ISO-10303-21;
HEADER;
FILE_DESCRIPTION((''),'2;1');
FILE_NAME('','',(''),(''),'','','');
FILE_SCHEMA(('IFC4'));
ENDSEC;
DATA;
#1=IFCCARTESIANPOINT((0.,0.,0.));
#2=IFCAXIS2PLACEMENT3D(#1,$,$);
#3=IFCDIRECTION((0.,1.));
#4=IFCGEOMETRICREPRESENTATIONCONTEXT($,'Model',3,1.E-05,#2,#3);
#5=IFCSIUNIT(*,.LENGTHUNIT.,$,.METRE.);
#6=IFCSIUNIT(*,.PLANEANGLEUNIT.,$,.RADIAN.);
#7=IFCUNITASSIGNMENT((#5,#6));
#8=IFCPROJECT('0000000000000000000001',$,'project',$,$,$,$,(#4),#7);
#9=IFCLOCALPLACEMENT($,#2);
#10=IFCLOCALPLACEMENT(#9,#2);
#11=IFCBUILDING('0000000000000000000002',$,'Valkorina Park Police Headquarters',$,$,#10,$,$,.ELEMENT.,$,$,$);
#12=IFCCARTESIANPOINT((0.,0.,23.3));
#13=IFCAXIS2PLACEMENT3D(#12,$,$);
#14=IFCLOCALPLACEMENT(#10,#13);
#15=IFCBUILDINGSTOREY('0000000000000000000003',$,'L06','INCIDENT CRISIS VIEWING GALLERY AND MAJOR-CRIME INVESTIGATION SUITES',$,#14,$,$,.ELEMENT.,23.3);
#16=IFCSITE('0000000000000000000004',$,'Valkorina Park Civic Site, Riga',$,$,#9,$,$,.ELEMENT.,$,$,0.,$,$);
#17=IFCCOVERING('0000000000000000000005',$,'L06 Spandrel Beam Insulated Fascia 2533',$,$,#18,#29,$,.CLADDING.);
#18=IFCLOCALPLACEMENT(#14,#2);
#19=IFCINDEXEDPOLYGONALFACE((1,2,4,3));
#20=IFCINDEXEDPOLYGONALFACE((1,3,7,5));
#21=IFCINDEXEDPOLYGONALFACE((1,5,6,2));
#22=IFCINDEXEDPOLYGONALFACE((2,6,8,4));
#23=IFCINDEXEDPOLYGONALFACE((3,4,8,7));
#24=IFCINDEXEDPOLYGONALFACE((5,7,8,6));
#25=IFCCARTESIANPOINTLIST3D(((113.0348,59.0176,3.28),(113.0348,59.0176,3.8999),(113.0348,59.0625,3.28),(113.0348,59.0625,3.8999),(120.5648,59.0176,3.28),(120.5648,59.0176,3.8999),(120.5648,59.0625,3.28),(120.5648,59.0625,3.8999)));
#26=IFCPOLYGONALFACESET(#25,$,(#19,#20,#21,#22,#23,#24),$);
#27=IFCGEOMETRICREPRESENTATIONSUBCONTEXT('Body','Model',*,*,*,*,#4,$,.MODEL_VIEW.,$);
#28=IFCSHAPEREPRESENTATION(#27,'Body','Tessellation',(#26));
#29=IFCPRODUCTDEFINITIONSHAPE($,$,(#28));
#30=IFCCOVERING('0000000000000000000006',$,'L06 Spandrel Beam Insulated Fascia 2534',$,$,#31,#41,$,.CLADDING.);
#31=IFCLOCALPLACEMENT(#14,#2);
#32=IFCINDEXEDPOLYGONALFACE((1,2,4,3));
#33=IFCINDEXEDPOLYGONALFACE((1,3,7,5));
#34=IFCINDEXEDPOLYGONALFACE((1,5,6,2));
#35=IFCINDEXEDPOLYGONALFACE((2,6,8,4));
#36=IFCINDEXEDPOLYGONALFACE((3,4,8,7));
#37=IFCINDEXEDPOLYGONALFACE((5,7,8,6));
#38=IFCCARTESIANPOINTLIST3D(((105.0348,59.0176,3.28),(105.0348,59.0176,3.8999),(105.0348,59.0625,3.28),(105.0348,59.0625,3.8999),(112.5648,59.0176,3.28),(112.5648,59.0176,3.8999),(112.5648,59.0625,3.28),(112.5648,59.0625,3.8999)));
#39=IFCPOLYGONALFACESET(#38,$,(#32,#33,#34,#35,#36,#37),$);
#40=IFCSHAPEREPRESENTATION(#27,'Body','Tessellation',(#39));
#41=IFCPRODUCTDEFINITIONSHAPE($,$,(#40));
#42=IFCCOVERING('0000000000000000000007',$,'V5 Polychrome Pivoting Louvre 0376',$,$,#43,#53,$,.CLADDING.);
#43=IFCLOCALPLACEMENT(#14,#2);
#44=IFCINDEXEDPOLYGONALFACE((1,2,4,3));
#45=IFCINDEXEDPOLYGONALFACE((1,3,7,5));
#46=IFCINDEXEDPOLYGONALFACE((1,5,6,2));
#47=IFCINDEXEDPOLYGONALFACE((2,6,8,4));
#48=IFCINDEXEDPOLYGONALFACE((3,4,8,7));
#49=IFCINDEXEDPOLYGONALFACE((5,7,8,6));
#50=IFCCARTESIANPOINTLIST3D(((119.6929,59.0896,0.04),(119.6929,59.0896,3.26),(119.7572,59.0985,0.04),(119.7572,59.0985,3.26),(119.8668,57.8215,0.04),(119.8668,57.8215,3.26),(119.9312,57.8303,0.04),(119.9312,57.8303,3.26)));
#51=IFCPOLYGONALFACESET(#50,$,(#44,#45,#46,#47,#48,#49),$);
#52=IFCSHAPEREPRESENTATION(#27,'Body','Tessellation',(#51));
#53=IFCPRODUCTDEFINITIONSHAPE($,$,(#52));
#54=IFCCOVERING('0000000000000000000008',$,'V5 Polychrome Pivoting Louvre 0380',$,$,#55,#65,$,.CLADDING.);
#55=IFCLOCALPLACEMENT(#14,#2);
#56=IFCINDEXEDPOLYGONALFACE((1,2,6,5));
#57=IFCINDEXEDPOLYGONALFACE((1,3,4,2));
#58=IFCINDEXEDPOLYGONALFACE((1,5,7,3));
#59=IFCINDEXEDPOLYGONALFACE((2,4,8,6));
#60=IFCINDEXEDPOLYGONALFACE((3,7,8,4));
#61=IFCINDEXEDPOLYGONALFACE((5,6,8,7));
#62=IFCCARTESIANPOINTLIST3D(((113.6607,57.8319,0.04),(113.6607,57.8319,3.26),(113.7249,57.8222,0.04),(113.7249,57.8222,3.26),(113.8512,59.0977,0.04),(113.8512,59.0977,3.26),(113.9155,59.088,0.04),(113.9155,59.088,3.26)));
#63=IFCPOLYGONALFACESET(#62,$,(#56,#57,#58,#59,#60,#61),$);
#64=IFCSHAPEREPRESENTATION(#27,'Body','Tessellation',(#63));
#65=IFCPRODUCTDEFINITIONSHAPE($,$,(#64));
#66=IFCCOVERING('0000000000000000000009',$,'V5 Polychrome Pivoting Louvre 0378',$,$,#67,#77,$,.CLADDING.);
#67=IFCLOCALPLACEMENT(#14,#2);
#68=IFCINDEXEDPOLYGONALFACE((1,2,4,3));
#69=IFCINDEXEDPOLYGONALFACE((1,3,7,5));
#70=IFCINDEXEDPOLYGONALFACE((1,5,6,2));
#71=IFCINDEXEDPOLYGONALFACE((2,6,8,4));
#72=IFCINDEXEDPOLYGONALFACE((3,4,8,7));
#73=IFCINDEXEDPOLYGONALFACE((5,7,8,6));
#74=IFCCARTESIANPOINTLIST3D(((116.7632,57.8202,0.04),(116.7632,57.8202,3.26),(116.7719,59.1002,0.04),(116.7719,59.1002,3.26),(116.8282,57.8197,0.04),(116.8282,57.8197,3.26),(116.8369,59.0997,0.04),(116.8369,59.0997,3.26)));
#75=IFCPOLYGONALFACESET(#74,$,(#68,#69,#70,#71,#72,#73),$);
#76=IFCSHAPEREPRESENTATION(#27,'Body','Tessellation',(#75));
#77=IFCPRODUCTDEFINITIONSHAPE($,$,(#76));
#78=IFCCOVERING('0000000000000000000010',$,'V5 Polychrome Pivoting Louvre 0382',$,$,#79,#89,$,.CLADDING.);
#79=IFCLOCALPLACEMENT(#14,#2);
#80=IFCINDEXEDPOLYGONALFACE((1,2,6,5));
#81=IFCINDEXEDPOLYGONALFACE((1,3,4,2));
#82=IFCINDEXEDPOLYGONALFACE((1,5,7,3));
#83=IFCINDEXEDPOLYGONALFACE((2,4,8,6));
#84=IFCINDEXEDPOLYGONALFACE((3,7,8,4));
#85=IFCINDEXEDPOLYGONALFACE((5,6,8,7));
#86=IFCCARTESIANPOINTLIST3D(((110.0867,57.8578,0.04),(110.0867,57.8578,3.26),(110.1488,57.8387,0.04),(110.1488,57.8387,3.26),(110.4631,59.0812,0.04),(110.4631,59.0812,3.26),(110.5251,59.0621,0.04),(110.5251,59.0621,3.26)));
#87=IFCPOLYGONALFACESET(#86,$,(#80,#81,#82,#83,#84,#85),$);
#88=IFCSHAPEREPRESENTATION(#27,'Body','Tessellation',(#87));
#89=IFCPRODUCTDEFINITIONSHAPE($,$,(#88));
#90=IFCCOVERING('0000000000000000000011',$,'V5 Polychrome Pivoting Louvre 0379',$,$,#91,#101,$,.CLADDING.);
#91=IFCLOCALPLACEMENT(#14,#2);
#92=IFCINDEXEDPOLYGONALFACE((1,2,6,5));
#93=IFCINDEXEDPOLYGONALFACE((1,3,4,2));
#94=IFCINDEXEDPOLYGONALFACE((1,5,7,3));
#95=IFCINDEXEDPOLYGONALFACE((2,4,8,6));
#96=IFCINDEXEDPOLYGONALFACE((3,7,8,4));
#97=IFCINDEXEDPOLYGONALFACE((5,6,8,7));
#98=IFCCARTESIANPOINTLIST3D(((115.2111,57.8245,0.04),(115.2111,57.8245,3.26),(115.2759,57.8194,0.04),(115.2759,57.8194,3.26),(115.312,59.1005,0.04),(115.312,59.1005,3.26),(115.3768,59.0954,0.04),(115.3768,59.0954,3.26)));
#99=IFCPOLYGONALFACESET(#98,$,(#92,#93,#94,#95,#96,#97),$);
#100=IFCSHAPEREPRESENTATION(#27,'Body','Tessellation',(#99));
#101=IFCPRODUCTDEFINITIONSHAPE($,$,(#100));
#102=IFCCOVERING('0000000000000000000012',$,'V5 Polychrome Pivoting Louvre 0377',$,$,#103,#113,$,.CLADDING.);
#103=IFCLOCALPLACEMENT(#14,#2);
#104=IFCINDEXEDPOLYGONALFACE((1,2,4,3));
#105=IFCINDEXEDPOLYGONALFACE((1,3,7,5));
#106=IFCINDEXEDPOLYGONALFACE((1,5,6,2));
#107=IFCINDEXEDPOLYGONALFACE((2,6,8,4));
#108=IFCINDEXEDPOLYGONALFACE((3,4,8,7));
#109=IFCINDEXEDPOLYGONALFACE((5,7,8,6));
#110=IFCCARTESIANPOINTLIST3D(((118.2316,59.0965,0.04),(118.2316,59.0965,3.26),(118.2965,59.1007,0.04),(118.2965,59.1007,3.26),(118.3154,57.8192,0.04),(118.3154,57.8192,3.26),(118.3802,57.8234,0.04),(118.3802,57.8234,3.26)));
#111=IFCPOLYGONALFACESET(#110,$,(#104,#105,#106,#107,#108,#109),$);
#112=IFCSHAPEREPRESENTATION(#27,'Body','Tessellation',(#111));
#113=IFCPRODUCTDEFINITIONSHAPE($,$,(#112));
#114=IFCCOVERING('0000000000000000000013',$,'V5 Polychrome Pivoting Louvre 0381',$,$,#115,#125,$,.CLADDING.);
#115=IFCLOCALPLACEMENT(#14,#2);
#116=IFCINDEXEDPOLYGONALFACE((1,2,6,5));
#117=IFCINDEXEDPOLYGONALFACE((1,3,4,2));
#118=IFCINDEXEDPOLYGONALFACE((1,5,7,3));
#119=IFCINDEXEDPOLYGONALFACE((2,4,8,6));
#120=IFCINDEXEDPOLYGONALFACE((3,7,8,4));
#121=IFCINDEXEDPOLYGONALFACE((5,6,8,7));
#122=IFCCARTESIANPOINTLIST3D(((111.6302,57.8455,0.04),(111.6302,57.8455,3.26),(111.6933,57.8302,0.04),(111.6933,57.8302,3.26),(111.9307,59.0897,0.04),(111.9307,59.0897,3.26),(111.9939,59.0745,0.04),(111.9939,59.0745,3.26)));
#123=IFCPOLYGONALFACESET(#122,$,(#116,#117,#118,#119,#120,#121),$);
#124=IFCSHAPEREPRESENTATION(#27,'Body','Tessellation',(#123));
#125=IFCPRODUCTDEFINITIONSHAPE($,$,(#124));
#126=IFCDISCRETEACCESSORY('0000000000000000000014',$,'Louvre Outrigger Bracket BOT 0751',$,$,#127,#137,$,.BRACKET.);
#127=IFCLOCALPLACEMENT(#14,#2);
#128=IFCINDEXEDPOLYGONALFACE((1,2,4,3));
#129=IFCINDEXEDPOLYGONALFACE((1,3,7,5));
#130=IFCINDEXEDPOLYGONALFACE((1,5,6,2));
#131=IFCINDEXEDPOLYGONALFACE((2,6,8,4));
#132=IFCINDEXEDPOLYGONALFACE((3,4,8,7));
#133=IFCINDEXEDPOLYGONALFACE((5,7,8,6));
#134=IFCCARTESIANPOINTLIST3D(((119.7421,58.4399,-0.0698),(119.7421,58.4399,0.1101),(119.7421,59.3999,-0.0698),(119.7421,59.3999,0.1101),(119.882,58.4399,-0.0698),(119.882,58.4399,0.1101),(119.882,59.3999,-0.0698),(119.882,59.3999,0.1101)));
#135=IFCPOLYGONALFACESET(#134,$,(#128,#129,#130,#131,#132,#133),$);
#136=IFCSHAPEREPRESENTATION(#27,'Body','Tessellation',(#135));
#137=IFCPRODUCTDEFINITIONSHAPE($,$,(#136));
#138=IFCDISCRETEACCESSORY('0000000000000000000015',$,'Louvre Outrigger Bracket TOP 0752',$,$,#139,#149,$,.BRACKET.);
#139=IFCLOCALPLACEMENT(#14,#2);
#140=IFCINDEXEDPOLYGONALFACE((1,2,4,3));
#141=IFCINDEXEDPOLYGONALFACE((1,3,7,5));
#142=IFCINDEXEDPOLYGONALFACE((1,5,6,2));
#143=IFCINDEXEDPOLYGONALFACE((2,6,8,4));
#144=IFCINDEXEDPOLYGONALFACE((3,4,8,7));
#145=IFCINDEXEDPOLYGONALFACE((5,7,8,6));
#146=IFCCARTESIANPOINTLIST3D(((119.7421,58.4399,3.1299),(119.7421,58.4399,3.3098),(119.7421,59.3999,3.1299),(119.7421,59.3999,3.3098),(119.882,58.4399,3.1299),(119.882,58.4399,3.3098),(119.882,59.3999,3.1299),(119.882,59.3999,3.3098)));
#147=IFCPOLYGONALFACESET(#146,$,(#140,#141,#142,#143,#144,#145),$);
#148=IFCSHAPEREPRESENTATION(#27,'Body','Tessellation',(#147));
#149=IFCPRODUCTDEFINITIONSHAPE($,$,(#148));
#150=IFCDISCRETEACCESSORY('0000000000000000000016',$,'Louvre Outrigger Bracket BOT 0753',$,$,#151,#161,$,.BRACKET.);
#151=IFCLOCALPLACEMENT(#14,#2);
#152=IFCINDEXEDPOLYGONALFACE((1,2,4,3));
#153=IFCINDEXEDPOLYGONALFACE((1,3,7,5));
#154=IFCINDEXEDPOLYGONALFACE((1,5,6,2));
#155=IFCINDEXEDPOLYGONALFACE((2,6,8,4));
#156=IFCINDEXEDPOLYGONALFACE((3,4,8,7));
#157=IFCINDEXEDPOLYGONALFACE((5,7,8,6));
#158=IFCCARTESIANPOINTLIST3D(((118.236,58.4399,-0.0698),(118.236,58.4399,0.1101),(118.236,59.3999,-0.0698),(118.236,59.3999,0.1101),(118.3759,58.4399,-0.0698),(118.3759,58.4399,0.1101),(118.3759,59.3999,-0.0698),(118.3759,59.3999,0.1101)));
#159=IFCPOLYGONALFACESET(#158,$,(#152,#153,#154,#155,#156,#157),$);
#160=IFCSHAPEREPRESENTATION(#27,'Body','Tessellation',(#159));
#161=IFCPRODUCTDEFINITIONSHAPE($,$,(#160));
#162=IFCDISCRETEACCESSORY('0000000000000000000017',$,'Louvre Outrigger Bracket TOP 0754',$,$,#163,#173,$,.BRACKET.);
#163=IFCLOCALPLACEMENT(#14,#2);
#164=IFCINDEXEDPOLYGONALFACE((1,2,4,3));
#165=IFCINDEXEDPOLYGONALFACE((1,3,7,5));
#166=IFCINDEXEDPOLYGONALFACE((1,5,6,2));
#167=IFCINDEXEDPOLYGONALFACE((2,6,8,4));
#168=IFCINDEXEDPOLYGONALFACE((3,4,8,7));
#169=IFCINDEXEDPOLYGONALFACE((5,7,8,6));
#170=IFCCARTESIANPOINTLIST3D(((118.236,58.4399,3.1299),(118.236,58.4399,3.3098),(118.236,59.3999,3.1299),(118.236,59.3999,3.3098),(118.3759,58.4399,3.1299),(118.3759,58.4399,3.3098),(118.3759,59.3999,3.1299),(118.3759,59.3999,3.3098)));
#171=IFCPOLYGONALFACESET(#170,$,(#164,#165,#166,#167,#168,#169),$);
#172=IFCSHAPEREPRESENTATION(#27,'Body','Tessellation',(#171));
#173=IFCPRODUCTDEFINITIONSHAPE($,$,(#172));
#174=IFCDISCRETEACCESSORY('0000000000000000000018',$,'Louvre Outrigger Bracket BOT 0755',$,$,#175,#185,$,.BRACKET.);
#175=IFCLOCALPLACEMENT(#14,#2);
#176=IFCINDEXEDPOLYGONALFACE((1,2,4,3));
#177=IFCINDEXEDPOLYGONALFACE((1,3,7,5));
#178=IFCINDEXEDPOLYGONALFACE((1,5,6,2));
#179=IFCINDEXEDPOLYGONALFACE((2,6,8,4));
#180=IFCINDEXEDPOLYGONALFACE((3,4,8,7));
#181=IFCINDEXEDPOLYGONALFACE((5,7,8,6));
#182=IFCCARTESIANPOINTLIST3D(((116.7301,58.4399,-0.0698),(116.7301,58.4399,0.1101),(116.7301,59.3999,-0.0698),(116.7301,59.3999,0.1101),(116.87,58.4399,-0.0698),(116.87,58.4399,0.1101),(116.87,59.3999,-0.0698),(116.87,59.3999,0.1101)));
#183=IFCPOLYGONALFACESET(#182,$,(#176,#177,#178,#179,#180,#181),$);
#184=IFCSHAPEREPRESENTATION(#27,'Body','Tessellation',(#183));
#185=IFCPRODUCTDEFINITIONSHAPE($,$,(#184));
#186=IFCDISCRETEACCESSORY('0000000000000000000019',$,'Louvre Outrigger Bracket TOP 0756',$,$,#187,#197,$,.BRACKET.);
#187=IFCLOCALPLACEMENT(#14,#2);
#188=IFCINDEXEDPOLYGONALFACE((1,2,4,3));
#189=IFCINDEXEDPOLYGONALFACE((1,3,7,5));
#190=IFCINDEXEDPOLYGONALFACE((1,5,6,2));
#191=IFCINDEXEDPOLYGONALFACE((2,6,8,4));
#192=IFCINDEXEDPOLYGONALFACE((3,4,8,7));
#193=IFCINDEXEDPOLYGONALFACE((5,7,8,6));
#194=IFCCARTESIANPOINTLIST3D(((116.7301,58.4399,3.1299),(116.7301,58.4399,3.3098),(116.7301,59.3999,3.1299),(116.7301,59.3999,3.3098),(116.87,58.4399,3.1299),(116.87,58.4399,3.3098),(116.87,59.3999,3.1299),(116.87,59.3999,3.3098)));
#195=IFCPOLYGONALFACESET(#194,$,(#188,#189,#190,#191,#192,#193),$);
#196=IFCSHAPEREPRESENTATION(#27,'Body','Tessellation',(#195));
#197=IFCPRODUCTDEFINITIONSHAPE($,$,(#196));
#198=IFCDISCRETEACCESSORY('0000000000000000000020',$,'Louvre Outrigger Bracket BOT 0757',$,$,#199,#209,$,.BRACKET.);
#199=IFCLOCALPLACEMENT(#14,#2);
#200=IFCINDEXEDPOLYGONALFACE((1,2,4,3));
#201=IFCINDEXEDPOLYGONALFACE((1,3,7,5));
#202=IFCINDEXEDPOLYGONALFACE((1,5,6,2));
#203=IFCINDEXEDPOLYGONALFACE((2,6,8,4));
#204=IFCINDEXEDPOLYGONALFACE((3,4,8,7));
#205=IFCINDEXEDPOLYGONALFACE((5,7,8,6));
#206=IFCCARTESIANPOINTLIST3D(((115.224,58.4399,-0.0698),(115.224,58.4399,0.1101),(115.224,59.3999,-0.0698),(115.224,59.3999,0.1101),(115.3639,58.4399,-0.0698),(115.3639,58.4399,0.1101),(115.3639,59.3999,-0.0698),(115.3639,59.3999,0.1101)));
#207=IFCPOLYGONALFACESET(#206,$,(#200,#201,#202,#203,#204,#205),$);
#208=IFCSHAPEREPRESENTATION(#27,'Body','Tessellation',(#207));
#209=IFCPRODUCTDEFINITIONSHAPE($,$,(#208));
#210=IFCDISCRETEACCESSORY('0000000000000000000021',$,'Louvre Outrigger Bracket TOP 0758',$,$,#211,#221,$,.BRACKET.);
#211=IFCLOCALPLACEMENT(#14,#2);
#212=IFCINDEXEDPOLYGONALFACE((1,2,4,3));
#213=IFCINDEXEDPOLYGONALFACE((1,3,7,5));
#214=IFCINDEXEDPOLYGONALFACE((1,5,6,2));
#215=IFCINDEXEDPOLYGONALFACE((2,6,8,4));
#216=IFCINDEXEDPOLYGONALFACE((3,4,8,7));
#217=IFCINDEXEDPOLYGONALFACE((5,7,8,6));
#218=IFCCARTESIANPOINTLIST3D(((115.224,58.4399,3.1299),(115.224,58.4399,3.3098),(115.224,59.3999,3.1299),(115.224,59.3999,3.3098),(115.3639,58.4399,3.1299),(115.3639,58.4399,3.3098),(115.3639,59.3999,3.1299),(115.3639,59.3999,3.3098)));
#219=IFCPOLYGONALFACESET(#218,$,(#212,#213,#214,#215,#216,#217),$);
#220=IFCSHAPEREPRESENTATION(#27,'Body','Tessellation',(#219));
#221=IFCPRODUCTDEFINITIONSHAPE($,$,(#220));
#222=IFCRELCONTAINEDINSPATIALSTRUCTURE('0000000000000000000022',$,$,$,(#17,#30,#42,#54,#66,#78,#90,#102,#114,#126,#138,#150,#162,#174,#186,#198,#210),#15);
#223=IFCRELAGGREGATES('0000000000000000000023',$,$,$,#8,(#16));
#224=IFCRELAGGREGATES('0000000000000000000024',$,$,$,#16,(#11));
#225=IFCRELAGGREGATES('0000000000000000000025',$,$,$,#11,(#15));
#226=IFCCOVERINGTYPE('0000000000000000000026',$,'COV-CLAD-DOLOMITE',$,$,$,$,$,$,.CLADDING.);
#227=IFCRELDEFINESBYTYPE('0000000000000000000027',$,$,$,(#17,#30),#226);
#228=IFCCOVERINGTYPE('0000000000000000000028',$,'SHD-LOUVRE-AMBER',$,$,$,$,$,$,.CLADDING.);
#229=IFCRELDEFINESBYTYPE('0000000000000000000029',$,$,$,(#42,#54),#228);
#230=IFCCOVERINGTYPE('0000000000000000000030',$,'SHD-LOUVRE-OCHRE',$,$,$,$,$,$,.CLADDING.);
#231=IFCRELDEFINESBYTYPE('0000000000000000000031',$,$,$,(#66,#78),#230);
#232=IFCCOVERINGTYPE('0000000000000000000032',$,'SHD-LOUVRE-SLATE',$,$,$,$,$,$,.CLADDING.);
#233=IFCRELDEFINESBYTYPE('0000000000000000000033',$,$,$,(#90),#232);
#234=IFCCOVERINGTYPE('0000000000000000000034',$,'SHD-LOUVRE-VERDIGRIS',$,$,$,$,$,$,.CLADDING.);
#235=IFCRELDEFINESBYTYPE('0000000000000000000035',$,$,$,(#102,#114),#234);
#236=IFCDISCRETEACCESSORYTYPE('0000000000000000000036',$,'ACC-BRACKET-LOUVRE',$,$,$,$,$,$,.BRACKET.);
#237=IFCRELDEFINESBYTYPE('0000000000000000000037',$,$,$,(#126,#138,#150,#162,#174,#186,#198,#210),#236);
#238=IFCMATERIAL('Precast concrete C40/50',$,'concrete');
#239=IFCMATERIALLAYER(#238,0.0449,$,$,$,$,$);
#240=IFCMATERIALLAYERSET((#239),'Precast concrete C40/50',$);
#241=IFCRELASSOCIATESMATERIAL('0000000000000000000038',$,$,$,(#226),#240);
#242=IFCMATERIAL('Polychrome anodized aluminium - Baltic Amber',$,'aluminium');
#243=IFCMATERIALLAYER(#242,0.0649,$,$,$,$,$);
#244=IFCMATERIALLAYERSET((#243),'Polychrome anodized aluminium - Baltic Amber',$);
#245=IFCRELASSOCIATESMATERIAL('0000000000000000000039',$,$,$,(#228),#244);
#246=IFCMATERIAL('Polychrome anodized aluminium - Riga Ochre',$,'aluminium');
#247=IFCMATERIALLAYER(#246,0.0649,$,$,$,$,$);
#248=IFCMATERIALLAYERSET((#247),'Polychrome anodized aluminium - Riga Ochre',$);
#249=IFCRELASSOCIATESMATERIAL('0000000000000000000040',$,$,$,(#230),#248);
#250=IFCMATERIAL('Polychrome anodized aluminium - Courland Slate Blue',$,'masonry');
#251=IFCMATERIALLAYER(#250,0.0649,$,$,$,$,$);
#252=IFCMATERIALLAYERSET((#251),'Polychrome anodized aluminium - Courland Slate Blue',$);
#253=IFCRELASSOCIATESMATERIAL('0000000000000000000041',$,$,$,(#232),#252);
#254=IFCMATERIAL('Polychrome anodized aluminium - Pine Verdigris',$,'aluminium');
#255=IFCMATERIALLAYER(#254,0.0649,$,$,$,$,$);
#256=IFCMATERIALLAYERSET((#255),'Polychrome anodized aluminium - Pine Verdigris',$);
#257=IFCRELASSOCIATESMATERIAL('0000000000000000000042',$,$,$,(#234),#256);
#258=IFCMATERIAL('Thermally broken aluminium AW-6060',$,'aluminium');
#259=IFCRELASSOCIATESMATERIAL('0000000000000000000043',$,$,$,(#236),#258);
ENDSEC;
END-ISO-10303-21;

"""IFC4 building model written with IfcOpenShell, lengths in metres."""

from ifc_helpers import new_model, si_unit, direction, frame, frame_2d, origin, origin_2d, place, context, subcontext, project, spatial, rectangle, extrude, material, layer, layer_set, type_object, element, save


model = new_model("IFC4")

# Units and contexts
model_context = context("Model", 3, precision=1e-05, world=origin(), true_north=direction((0.0, 1.0)))
body_context = subcontext(model_context, "Body", "Model", "MODEL_VIEW")
ifc_project = project(units=[si_unit("LENGTHUNIT", "METRE"), si_unit("PLANEANGLEUNIT", "RADIAN")], contexts=[model_context])

# Site, building, storey
site_placement = place(None, origin())
site = spatial("IfcSite", under=ifc_project, at=site_placement, Name="Valkorina Park Civic Site, Riga", CompositionType="ELEMENT", RefElevation=0.0)
building_placement = place(site_placement, origin())
building = spatial("IfcBuilding", under=site, at=building_placement, Name="Valkorina Park Police Headquarters", CompositionType="ELEMENT")
storey_placement = place(building_placement, frame((0.0, 0.0, 23.3)))
storey = spatial("IfcBuildingStorey", under=building, at=storey_placement, Name="L06", Description="INCIDENT CRISIS VIEWING GALLERY AND MAJOR-CRIME INVESTIGATION SUITES", CompositionType="ELEMENT", Elevation=23.3)

# Coverings
ifc_material_1 = material(Name="Precast concrete C40/50", Category="concrete")
ifc_layer_1 = layer(ifc_material_1, 0.0449)
ifc_layer_set_1 = layer_set([ifc_layer_1], Name="Precast concrete C40/50")
covering_type_1 = type_object("IfcCoveringType", Name="COV-CLAD-DOLOMITE", PredefinedType="CLADDING", material=ifc_layer_set_1)
for number, where, z_axis, x_axis, name in (
    (1, (120.5649, 59.04, 3.28), (0.0, 0.0, 1.0), (-1.0, 0.0, 0.0), "L06 Spandrel Beam Insulated Fascia 2533"),
    (2, (112.5649, 59.04, 3.28), (0.0, 0.0, 1.0), (-1.0, 0.0, 0.0), "L06 Spandrel Beam Insulated Fascia 2534"),
):
    element("IfcCovering", number, at=place(storey_placement, frame(where, z_axis=z_axis, x_axis=x_axis)), inside=storey, type_object=covering_type_1, Name=name, PredefinedType="CLADDING", context=body_context, shape_type="SweptSolid", body=[
        extrude(rectangle(XDim=7.53, YDim=0.0449, at=frame_2d((3.7651, 0.0))), origin(), (0.0, 0.0, 1.0), 0.6199),
    ])

# Coverings
ifc_material_2 = material(Name="Polychrome anodized aluminium - Baltic Amber", Category="aluminium")
ifc_layer_2 = layer(ifc_material_2, 0.0649)
ifc_layer_set_2 = layer_set([ifc_layer_2], Name="Polychrome anodized aluminium - Baltic Amber")
covering_type_2 = type_object("IfcCoveringType", Name="SHD-LOUVRE-AMBER", PredefinedType="CLADDING", material=ifc_layer_set_2)
for number, where, z_axis, x_axis, name in (
    (3, (119.812, 58.46, 0.04), (0.0, 0.0, 1.0), (0.135888, -0.990724, 0.0), "V5 Polychrome Pivoting Louvre 0376"),
    (4, (113.7881, 58.46, 0.04), (0.0, 0.0, 1.0), (-0.148845, -0.988861, 0.0), "V5 Polychrome Pivoting Louvre 0380"),
):
    element("IfcCovering", number, at=place(storey_placement, frame(where, z_axis=z_axis, x_axis=x_axis)), inside=storey, type_object=covering_type_2, Name=name, PredefinedType="CLADDING", context=body_context, shape_type="SweptSolid", body=[
        extrude(rectangle(XDim=1.28, YDim=0.0649, at=origin_2d()), origin(), (0.0, 0.0, 1.0), 3.22),
    ])
ifc_material_3 = material(Name="Polychrome anodized aluminium - Riga Ochre", Category="aluminium")
ifc_layer_3 = layer(ifc_material_3, 0.0649)
ifc_layer_set_3 = layer_set([ifc_layer_3], Name="Polychrome anodized aluminium - Riga Ochre")
covering_type_3 = type_object("IfcCoveringType", Name="SHD-LOUVRE-OCHRE", PredefinedType="CLADDING", material=ifc_layer_set_3)
for number, where, z_axis, x_axis, name in (
    (5, (116.8, 58.46, 0.04), (0.0, 0.0, 1.0), (-0.006807, -0.999977, 0.0), "V5 Polychrome Pivoting Louvre 0378"),
    (6, (110.3059, 58.46, 0.04), (0.0, 0.0, 1.0), (-0.29404, -0.955793, 0.0), "V5 Polychrome Pivoting Louvre 0382"),
):
    element("IfcCovering", number, at=place(storey_placement, frame(where, z_axis=z_axis, x_axis=x_axis)), inside=storey, type_object=covering_type_3, Name=name, PredefinedType="CLADDING", context=body_context, shape_type="SweptSolid", body=[
        extrude(rectangle(XDim=1.28, YDim=0.0649, at=origin_2d()), origin(), (0.0, 0.0, 1.0), 3.22),
    ])
ifc_material_4 = material(Name="Polychrome anodized aluminium - Courland Slate Blue", Category="masonry")
ifc_layer_4 = layer(ifc_material_4, 0.0649)
ifc_layer_set_4 = layer_set([ifc_layer_4], Name="Polychrome anodized aluminium - Courland Slate Blue")
covering_type_4 = type_object("IfcCoveringType", Name="SHD-LOUVRE-SLATE", PredefinedType="CLADDING", material=ifc_layer_set_4)
covering_1_placement = place(storey_placement, frame((115.2939, 58.46, 0.04), z_axis=(0.0, 0.0, 1.0), x_axis=(-0.078807, -0.99689, 0.0)))
element("IfcCovering", 7, at=covering_1_placement, inside=storey, type_object=covering_type_4, Name="V5 Polychrome Pivoting Louvre 0379", PredefinedType="CLADDING", context=body_context, shape_type="SweptSolid", body=[
    extrude(rectangle(XDim=1.28, YDim=0.0649, at=origin_2d()), origin(), (0.0, 0.0, 1.0), 3.22),
])
ifc_material_5 = material(Name="Polychrome anodized aluminium - Pine Verdigris", Category="aluminium")
ifc_layer_5 = layer(ifc_material_5, 0.0649)
ifc_layer_set_5 = layer_set([ifc_layer_5], Name="Polychrome anodized aluminium - Pine Verdigris")
covering_type_5 = type_object("IfcCoveringType", Name="SHD-LOUVRE-VERDIGRIS", PredefinedType="CLADDING", material=ifc_layer_set_5)
for number, where, z_axis, x_axis, name in (
    (8, (118.3059, 58.46, 0.04), (0.0, 0.0, 1.0), (0.065403, -0.997859, 0.0), "V5 Polychrome Pivoting Louvre 0377"),
    (9, (111.812, 58.46, 0.04), (0.0, 0.0, 1.0), (-0.234803, -0.972043, 0.0), "V5 Polychrome Pivoting Louvre 0381"),
):
    element("IfcCovering", number, at=place(storey_placement, frame(where, z_axis=z_axis, x_axis=x_axis)), inside=storey, type_object=covering_type_5, Name=name, PredefinedType="CLADDING", context=body_context, shape_type="SweptSolid", body=[
        extrude(rectangle(XDim=1.28, YDim=0.0649, at=origin_2d()), origin(), (0.0, 0.0, 1.0), 3.22),
    ])

# Discrete accessories
ifc_material_6 = material(Name="Thermally broken aluminium AW-6060", Category="aluminium")
discrete_accessory_type = type_object("IfcDiscreteAccessoryType", Name="ACC-BRACKET-LOUVRE", PredefinedType="BRACKET", material=ifc_material_6)
for number, where, z_axis, x_axis, name in (
    (10, (119.812, 58.9199, -0.0698), (0.0, 0.0, 1.0), (0.0, -1.0, 0.0), "Louvre Outrigger Bracket BOT 0751"),
    (11, (119.812, 58.9199, 3.1299), (0.0, 0.0, 1.0), (0.0, -1.0, 0.0), "Louvre Outrigger Bracket TOP 0752"),
    (12, (118.3059, 58.9199, -0.0698), (0.0, 0.0, 1.0), (0.0, -1.0, 0.0), "Louvre Outrigger Bracket BOT 0753"),
    (13, (118.3059, 58.9199, 3.1299), (0.0, 0.0, 1.0), (0.0, -1.0, 0.0), "Louvre Outrigger Bracket TOP 0754"),
    (14, (116.8, 58.9199, -0.0698), (0.0, 0.0, 1.0), (0.0, -1.0, 0.0), "Louvre Outrigger Bracket BOT 0755"),
    (15, (116.8, 58.9199, 3.1299), (0.0, 0.0, 1.0), (0.0, -1.0, 0.0), "Louvre Outrigger Bracket TOP 0756"),
    (16, (115.2939, 58.9199, -0.0698), (0.0, 0.0, 1.0), (0.0, -1.0, 0.0), "Louvre Outrigger Bracket BOT 0757"),
    (17, (115.2939, 58.9199, 3.1299), (0.0, 0.0, 1.0), (0.0, -1.0, 0.0), "Louvre Outrigger Bracket TOP 0758"),
):
    element("IfcDiscreteAccessory", number, at=place(storey_placement, frame(where, z_axis=z_axis, x_axis=x_axis)), inside=storey, type_object=discrete_accessory_type, Name=name, PredefinedType="BRACKET", context=body_context, shape_type="SweptSolid", body=[
        extrude(rectangle(XDim=0.96, YDim=0.1399, at=origin_2d()), origin(), (0.0, 0.0, 1.0), 0.1799),
    ])

save(model, "model.ifc")
